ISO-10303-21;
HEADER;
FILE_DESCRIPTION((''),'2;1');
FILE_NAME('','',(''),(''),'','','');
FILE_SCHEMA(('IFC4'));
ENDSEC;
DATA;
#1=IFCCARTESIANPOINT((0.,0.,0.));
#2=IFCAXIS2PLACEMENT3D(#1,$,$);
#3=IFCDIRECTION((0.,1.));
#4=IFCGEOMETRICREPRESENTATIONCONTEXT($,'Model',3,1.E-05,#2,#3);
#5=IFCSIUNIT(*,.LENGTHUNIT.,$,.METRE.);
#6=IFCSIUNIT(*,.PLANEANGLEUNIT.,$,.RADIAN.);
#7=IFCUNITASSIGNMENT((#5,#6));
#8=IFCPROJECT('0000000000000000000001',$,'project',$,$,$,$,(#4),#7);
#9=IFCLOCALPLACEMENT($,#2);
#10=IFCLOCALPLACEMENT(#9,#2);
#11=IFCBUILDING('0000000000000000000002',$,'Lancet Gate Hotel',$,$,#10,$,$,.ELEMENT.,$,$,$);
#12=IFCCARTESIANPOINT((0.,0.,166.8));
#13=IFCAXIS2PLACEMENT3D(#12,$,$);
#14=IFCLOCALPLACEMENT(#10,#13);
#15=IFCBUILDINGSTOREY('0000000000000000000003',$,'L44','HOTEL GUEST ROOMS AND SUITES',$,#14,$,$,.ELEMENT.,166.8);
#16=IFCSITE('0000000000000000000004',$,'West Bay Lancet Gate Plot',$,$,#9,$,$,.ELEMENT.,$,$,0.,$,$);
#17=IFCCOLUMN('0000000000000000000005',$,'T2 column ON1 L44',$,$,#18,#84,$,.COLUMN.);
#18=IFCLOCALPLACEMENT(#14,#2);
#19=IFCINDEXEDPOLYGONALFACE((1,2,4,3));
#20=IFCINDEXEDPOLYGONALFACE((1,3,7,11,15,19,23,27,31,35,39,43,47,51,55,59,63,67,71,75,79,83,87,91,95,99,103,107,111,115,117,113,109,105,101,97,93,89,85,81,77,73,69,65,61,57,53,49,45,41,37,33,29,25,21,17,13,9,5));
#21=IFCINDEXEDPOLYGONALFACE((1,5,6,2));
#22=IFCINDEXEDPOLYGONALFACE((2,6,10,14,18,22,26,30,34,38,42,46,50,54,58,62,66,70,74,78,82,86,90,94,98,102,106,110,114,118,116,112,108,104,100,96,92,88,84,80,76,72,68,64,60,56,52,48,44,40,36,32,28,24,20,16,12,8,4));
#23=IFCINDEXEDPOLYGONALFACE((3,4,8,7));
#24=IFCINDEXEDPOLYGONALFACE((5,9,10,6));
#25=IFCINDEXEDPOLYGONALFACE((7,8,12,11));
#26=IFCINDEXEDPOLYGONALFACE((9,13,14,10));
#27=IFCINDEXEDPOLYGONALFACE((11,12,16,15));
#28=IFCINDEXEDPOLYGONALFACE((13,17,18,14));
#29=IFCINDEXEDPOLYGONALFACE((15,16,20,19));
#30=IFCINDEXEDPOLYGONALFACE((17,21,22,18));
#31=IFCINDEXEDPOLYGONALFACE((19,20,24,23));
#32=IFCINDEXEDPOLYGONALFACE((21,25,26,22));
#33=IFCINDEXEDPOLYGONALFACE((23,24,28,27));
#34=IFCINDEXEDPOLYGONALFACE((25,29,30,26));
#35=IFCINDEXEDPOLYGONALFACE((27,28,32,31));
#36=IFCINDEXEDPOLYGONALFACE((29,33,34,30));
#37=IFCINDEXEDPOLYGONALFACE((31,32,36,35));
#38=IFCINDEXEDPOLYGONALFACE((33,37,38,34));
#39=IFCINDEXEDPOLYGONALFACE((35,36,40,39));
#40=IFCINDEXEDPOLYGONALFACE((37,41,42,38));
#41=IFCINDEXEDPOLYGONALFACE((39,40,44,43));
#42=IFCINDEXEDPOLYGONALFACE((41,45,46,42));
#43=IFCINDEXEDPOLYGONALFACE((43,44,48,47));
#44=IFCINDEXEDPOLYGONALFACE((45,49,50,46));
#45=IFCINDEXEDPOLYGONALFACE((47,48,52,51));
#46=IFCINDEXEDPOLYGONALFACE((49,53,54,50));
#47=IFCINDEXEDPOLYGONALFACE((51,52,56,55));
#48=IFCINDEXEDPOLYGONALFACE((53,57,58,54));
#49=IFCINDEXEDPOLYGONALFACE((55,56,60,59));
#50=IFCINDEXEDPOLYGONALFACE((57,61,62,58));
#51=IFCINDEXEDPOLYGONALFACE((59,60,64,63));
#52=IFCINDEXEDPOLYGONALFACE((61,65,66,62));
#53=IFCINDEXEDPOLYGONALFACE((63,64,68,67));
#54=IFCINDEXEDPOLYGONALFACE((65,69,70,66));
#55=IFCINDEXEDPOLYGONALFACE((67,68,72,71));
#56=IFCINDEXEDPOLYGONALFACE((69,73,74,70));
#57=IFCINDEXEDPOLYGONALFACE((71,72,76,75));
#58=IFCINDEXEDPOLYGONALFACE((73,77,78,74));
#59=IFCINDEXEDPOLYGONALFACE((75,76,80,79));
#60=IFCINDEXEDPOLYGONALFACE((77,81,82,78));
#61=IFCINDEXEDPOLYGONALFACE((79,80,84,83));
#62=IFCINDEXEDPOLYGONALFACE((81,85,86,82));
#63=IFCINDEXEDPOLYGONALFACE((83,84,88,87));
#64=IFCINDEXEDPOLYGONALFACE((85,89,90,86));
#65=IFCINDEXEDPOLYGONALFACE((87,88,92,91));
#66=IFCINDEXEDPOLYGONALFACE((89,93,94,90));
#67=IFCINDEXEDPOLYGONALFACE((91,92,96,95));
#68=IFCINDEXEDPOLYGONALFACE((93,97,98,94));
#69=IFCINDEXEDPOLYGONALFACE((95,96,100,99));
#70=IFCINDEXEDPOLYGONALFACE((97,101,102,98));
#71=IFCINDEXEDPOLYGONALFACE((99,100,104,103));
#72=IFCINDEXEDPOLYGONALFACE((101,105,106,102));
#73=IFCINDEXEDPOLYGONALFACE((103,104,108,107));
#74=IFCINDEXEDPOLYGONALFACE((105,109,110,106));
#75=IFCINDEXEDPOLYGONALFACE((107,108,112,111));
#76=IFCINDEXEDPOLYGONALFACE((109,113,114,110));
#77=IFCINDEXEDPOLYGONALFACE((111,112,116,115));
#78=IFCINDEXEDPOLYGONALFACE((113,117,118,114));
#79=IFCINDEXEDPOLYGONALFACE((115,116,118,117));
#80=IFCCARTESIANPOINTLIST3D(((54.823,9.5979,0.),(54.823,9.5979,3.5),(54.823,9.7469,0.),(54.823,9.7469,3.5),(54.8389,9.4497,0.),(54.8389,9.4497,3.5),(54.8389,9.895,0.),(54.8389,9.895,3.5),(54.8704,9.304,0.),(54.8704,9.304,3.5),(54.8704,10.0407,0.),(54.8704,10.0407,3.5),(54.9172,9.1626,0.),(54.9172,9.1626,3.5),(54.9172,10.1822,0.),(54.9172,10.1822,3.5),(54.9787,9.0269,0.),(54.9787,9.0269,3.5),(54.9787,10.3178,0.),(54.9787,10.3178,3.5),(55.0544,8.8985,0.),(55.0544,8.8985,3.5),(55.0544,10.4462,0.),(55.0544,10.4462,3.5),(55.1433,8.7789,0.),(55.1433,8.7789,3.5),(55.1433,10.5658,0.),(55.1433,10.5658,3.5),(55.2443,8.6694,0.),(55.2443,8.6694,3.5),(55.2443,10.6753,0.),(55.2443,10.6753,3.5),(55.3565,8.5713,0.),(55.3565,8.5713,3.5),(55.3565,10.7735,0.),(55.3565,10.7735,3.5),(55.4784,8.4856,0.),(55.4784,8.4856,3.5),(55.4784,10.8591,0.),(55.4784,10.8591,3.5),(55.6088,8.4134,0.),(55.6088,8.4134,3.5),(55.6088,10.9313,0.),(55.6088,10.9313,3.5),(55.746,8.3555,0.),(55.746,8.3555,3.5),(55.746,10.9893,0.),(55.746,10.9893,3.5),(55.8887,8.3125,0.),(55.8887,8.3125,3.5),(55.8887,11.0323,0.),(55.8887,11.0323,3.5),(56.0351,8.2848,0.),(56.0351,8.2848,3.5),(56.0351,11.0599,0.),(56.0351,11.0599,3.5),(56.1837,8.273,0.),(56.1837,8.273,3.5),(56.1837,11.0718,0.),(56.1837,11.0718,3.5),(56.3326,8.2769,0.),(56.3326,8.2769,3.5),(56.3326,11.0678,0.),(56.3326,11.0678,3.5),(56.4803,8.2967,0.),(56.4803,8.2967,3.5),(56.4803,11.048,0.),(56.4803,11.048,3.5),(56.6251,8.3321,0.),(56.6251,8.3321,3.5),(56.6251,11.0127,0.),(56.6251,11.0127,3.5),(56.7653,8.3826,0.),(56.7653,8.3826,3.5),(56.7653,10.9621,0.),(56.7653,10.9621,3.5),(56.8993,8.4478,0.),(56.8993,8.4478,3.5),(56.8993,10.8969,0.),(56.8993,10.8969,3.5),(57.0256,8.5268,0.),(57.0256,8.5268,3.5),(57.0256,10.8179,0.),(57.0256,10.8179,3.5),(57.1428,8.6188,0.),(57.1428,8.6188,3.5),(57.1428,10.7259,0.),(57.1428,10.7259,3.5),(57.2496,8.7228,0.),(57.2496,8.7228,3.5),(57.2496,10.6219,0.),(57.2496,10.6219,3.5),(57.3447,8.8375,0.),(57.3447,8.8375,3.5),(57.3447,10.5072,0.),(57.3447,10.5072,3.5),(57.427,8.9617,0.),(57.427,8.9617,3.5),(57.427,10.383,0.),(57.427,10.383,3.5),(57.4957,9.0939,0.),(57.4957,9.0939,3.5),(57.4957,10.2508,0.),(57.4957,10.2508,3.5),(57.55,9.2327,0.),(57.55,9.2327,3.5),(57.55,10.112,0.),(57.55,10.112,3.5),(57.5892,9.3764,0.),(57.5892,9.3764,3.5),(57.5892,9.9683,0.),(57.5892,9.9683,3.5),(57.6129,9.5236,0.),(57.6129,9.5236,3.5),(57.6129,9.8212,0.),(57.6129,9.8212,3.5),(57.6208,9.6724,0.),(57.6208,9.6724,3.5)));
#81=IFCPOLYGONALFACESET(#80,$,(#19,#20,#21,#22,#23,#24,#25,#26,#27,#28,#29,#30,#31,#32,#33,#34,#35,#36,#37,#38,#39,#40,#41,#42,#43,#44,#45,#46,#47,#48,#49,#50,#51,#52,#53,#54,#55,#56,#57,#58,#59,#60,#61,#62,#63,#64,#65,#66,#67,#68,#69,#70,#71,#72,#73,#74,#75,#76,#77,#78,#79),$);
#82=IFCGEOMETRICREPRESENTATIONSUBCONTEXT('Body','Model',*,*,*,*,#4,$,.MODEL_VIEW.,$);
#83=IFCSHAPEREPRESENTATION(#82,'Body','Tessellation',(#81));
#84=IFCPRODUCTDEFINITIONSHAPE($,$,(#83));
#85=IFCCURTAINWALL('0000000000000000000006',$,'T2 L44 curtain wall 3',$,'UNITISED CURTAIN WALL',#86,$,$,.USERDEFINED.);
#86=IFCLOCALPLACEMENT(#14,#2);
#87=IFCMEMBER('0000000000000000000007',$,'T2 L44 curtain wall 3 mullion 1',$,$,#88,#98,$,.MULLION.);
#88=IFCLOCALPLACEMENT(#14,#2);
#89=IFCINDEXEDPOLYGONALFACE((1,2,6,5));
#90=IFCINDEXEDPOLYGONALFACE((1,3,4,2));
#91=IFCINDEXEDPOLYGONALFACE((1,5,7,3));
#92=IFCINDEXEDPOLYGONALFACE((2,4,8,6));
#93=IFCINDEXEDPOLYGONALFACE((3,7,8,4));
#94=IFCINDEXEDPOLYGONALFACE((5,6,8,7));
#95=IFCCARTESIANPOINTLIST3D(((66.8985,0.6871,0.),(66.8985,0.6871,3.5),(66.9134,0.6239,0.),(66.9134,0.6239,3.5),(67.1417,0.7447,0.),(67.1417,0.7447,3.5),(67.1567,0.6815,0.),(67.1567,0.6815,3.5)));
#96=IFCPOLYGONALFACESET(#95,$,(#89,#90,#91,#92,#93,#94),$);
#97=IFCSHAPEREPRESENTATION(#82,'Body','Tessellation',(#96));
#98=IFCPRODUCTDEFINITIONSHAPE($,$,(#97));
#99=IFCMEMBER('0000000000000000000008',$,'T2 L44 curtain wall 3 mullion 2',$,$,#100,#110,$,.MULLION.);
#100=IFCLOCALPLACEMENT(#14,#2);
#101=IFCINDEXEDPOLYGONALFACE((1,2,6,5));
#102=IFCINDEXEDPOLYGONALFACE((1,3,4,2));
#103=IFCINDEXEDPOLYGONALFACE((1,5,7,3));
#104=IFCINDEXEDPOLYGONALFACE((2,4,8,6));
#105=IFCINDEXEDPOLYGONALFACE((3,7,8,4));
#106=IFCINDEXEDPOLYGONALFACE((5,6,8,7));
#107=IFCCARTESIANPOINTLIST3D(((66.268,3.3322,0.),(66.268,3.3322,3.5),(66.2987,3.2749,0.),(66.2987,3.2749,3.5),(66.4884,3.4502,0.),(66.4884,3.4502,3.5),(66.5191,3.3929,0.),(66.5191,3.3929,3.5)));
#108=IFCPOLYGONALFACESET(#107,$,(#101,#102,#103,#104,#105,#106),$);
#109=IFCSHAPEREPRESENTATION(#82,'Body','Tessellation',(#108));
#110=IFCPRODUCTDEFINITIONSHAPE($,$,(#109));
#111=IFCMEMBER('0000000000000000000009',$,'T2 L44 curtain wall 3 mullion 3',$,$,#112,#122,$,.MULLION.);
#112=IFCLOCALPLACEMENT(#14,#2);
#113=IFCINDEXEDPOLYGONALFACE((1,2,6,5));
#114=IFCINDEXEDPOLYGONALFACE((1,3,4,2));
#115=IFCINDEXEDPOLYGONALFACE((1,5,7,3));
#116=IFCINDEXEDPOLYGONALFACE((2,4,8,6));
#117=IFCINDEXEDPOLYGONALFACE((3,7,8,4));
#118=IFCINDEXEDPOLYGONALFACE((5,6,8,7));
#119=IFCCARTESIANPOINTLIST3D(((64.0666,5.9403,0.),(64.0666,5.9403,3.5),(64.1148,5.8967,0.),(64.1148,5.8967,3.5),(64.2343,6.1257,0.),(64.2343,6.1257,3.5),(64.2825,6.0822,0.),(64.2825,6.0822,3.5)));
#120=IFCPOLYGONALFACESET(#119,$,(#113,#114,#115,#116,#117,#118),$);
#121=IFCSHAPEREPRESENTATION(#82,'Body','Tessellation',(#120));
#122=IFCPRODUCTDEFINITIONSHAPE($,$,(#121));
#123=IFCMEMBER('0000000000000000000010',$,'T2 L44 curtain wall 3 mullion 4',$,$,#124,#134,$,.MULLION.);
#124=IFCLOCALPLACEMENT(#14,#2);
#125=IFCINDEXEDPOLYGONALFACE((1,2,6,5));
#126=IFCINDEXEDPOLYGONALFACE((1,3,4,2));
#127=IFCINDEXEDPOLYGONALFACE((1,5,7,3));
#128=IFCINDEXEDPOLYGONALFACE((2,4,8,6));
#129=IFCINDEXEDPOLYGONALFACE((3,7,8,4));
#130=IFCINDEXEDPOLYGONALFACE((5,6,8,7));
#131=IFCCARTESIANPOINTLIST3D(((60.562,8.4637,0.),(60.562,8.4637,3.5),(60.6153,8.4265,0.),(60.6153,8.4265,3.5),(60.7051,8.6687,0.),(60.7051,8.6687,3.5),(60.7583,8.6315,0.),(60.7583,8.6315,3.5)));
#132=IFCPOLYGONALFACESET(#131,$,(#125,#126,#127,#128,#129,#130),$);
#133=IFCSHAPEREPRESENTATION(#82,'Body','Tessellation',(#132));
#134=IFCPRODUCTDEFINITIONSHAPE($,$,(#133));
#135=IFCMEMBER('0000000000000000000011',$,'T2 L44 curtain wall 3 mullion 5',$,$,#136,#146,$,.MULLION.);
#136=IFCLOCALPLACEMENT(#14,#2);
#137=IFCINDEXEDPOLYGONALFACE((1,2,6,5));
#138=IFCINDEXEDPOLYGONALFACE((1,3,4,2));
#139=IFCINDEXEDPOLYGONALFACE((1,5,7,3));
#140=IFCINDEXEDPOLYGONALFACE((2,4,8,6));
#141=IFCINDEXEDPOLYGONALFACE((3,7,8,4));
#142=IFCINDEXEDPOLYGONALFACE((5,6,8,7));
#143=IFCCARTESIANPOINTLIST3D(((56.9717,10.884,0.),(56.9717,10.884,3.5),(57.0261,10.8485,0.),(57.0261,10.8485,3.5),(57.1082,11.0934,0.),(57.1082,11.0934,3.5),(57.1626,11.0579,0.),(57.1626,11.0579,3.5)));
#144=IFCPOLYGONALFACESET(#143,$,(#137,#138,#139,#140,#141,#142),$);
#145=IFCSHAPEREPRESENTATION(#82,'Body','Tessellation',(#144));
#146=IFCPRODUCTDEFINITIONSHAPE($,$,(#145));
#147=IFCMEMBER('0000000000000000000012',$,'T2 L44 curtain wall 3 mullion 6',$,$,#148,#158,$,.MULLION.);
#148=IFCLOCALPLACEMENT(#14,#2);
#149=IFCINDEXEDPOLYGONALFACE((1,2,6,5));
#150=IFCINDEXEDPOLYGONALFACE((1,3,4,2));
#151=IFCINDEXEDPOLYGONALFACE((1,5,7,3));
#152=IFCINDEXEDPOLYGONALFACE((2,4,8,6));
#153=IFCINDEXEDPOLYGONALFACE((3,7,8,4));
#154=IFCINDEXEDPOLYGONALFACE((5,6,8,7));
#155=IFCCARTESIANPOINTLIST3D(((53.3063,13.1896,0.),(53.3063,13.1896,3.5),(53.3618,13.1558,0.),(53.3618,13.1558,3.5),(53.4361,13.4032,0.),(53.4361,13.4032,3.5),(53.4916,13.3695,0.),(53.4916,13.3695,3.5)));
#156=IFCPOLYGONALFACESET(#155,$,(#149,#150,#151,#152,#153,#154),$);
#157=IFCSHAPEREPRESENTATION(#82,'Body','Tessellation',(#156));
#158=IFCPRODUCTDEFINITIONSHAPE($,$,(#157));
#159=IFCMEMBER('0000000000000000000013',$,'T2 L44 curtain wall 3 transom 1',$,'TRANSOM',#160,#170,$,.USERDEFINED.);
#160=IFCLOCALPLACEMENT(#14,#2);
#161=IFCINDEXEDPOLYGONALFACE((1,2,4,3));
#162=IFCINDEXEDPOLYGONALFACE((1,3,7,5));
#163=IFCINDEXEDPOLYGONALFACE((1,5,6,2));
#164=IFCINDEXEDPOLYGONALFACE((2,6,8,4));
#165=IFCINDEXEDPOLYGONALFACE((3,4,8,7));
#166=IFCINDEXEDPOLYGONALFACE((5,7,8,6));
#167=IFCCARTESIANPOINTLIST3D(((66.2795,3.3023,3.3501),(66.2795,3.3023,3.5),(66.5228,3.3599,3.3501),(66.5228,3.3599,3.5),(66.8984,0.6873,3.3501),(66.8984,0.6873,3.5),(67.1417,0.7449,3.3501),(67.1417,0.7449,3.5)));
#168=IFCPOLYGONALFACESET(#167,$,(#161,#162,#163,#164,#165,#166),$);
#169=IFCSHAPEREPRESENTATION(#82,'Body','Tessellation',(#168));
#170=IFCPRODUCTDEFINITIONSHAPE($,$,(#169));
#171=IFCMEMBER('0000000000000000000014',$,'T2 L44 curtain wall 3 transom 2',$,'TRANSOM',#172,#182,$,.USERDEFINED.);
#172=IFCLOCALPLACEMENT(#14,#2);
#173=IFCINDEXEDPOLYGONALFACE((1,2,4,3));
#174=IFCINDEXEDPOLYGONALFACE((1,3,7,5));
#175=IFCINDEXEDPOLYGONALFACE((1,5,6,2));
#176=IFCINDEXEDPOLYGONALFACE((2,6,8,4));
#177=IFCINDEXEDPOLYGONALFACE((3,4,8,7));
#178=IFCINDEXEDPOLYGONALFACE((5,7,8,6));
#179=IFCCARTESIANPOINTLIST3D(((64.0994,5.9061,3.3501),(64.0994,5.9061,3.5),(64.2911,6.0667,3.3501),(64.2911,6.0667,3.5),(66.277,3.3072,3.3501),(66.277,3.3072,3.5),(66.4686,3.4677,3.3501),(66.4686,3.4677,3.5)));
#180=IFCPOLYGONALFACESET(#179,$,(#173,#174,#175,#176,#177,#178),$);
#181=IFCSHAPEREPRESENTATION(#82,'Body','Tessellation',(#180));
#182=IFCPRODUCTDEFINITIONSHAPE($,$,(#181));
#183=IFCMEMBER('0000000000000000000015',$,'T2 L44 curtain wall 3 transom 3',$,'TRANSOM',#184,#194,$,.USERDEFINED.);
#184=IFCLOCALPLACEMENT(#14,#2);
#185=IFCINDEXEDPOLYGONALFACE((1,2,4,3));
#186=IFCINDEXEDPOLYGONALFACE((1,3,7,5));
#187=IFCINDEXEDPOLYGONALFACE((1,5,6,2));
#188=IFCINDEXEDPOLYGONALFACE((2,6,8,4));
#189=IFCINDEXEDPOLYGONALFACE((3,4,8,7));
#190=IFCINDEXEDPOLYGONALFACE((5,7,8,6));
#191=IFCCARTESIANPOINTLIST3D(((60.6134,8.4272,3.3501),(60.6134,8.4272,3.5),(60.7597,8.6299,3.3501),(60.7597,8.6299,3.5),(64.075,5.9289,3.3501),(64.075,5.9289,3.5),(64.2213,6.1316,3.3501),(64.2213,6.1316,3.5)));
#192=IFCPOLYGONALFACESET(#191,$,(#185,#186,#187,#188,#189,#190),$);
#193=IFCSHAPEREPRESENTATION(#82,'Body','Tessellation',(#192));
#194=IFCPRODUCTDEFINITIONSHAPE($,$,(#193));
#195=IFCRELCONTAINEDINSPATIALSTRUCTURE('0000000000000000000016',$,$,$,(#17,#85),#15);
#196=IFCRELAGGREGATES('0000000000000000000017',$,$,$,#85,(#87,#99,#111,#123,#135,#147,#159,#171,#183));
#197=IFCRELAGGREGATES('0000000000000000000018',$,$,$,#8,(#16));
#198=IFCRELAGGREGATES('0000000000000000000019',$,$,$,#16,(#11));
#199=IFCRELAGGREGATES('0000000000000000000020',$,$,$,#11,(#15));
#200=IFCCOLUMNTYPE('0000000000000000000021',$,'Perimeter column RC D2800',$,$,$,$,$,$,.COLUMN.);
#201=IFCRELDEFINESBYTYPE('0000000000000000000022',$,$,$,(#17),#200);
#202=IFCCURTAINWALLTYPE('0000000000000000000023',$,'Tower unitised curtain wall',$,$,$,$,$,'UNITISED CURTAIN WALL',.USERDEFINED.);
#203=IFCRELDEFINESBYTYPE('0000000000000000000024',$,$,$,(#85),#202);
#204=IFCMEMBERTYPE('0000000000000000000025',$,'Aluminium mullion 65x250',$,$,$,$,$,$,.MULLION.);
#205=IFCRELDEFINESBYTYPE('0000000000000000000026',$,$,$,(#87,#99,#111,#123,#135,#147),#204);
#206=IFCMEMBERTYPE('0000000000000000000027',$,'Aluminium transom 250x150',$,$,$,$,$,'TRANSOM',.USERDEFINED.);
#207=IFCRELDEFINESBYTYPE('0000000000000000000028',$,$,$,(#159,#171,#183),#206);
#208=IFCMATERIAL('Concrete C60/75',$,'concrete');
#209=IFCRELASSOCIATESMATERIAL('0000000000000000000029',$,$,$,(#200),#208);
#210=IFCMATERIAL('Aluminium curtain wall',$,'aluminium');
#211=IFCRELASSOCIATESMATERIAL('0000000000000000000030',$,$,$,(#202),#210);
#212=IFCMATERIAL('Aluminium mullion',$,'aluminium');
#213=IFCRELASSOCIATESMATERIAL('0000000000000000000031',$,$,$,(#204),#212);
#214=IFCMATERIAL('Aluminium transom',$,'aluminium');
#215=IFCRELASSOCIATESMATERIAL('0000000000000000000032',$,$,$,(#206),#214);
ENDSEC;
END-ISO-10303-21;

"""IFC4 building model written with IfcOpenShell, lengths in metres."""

from ifc_helpers import new_model, si_unit, direction, frame, origin, origin_2d, place, context, subcontext, project, spatial, rectangle, circle, extrude, material, material_profile, profile_set, type_object, element, aggregate, save


model = new_model("IFC4")

# Units and contexts
model_context = context("Model", 3, precision=1e-05, world=origin(), true_north=direction((0.0, 1.0)))
body_context = subcontext(model_context, "Body", "Model", "MODEL_VIEW")
ifc_project = project(units=[si_unit("LENGTHUNIT", "METRE"), si_unit("PLANEANGLEUNIT", "RADIAN")], contexts=[model_context])

# Site, building, storey
site_placement = place(None, origin())
site = spatial("IfcSite", under=ifc_project, at=site_placement, Name="West Bay Lancet Gate Plot", CompositionType="ELEMENT", RefElevation=0.0)
building_placement = place(site_placement, origin())
building = spatial("IfcBuilding", under=site, at=building_placement, Name="Lancet Gate Hotel", CompositionType="ELEMENT")
storey_placement = place(building_placement, frame((0.0, 0.0, 166.8)))
storey = spatial("IfcBuildingStorey", under=building, at=storey_placement, Name="L44", Description="HOTEL GUEST ROOMS AND SUITES", CompositionType="ELEMENT", Elevation=166.8)

# Column
ifc_material_1 = material(Name="Concrete C60/75", Category="concrete")
ifc_material_profile_1 = material_profile(ifc_material_1, circle(Radius=1.3999, at=origin_2d()), Name="RC D2800")
ifc_profile_set_1 = profile_set([ifc_material_profile_1], Name="Concrete C60/75")
column_type = type_object("IfcColumnType", Name="Perimeter column RC D2800", PredefinedType="COLUMN", material=ifc_profile_set_1)
column_placement = place(storey_placement, frame((56.2209, 9.6724, 0.0), z_axis=(0.0, 0.0, 1.0), x_axis=(1.0, 0.0, 0.0)))
element("IfcColumn", 1, at=column_placement, inside=storey, type_object=column_type, Name="T2 column ON1 L44", PredefinedType="COLUMN", context=body_context, shape_type="SweptSolid", body=[
    extrude(circle(Radius=1.3999, at=origin_2d()), origin(), (0.0, 0.0, 1.0), 3.5),
])

# Curtain wall, members
ifc_material_2 = material(Name="Aluminium curtain wall", Category="aluminium")
curtain_wall_type = type_object("IfcCurtainWallType", Name="Tower unitised curtain wall", ElementType="UNITISED CURTAIN WALL", PredefinedType="USERDEFINED", material=ifc_material_2)
curtain_wall_placement = place(storey_placement, origin())
curtain_wall = element("IfcCurtainWall", 2, at=curtain_wall_placement, inside=storey, type_object=curtain_wall_type, Name="T2 L44 curtain wall 3", ObjectType="UNITISED CURTAIN WALL", PredefinedType="USERDEFINED")
ifc_material_3 = material(Name="Aluminium mullion", Category="aluminium")
ifc_material_profile_2 = material_profile(ifc_material_3, rectangle(XDim=0.0649, YDim=0.25, at=origin_2d()), Name="MULLION 65x250")
ifc_profile_set_2 = profile_set([ifc_material_profile_2], Name="Aluminium mullion")
member_type_1 = type_object("IfcMemberType", Name="Aluminium mullion 65x250", PredefinedType="MULLION", material=ifc_profile_set_2)
member_1_placement = place(storey_placement, frame((67.0276, 0.6843, 0.0), z_axis=(0.0, 0.0, 1.0), x_axis=(-0.230367, 0.973104, 0.0)))
member_1 = element("IfcMember", 3, at=member_1_placement, type_object=member_type_1, Name="T2 L44 curtain wall 3 mullion 1", PredefinedType="MULLION", context=body_context, shape_type="SweptSolid", body=[
    extrude(rectangle(XDim=0.0649, YDim=0.25, at=origin_2d()), origin(), (0.0, 0.0, 1.0), 3.5),
])
member_2_placement = place(storey_placement, frame((66.3936, 3.3625, 0.0), z_axis=(0.0, 0.0, 1.0), x_axis=(-0.472146, 0.88152, 0.0)))
member_2 = element("IfcMember", 4, at=member_2_placement, type_object=member_type_1, Name="T2 L44 curtain wall 3 mullion 2", PredefinedType="MULLION", context=body_context, shape_type="SweptSolid", body=[
    extrude(rectangle(XDim=0.0649, YDim=0.25, at=origin_2d()), origin(), (0.0, 0.0, 1.0), 3.5),
])
member_3_placement = place(storey_placement, frame((64.1746, 6.0112, 0.0), z_axis=(0.0, 0.0, 1.0), x_axis=(-0.741693, 0.670739, 0.0)))
member_3 = element("IfcMember", 5, at=member_3_placement, type_object=member_type_1, Name="T2 L44 curtain wall 3 mullion 3", PredefinedType="MULLION", context=body_context, shape_type="SweptSolid", body=[
    extrude(rectangle(XDim=0.0649, YDim=0.25, at=origin_2d()), origin(), (0.0, 0.0, 1.0), 3.5),
])
member_4_placement = place(storey_placement, frame((60.6602, 8.5476, 0.0), z_axis=(0.0, 0.0, 1.0), x_axis=(-0.820068, 0.572266, 0.0)))
member_4 = element("IfcMember", 6, at=member_4_placement, type_object=member_type_1, Name="T2 L44 curtain wall 3 mullion 4", PredefinedType="MULLION", context=body_context, shape_type="SweptSolid", body=[
    extrude(rectangle(XDim=0.0649, YDim=0.25, at=origin_2d()), origin(), (0.0, 0.0, 1.0), 3.5),
])
member_5_placement = place(storey_placement, frame((57.0671, 10.9709, 0.0), z_axis=(0.0, 0.0, 1.0), x_axis=(-0.837801, 0.545976, 0.0)))
member_5 = element("IfcMember", 7, at=member_5_placement, type_object=member_type_1, Name="T2 L44 curtain wall 3 mullion 5", PredefinedType="MULLION", context=body_context, shape_type="SweptSolid", body=[
    extrude(rectangle(XDim=0.0649, YDim=0.25, at=origin_2d()), origin(), (0.0, 0.0, 1.0), 3.5),
])
member_6_placement = place(storey_placement, frame((53.3989, 13.2795, 0.0), z_axis=(0.0, 0.0, 1.0), x_axis=(-0.854691, 0.519137, 0.0)))
member_6 = element("IfcMember", 8, at=member_6_placement, type_object=member_type_1, Name="T2 L44 curtain wall 3 mullion 6", PredefinedType="MULLION", context=body_context, shape_type="SweptSolid", body=[
    extrude(rectangle(XDim=0.0649, YDim=0.25, at=origin_2d()), origin(), (0.0, 0.0, 1.0), 3.5),
])
ifc_material_4 = material(Name="Aluminium transom", Category="aluminium")
ifc_material_profile_3 = material_profile(ifc_material_4, rectangle(XDim=0.25, YDim=0.1499, at=origin_2d()), Name="TRANSOM 250x150")
ifc_profile_set_3 = profile_set([ifc_material_profile_3], Name="Aluminium transom")
member_type_2 = type_object("IfcMemberType", Name="Aluminium transom 250x150", ElementType="TRANSOM", PredefinedType="USERDEFINED", material=ifc_profile_set_3)
member_7_placement = place(storey_placement, frame((67.02, 0.7161, 3.425), z_axis=(-0.23031, 0.973117, 0.0), x_axis=(-0.973117, -0.23031, 0.0)))
member_7 = element("IfcMember", 9, at=member_7_placement, type_object=member_type_2, Name="T2 L44 curtain wall 3 transom 1", ObjectType="TRANSOM", PredefinedType="USERDEFINED", context=body_context, shape_type="SweptSolid", body=[
    extrude(rectangle(XDim=0.25, YDim=0.1499, at=origin_2d()), origin(), (0.0, 0.0, 1.0), 2.6873),
])
member_8_placement = place(storey_placement, frame((66.3728, 3.3875, 3.425), z_axis=(-0.642229, 0.766513, 0.0), x_axis=(-0.766513, -0.642229, 0.0)))
member_8 = element("IfcMember", 10, at=member_8_placement, type_object=member_type_2, Name="T2 L44 curtain wall 3 transom 2", ObjectType="TRANSOM", PredefinedType="USERDEFINED", context=body_context, shape_type="SweptSolid", body=[
    extrude(rectangle(XDim=0.25, YDim=0.1499, at=origin_2d()), origin(), (0.0, 0.0, 1.0), 3.3906),
])
member_9_placement = place(storey_placement, frame((64.1482, 6.0303, 3.425), z_axis=(-0.81088, 0.585213, 0.0), x_axis=(-0.585213, -0.81088, 0.0)))
member_9 = element("IfcMember", 11, at=member_9_placement, type_object=member_type_2, Name="T2 L44 curtain wall 3 transom 3", ObjectType="TRANSOM", PredefinedType="USERDEFINED", context=body_context, shape_type="SweptSolid", body=[
    extrude(rectangle(XDim=0.25, YDim=0.1499, at=origin_2d()), origin(), (0.0, 0.0, 1.0), 4.269),
])

aggregate(curtain_wall, [member_1, member_2, member_3, member_4, member_5, member_6, member_7, member_8, member_9])

save(model, "model.ifc")
